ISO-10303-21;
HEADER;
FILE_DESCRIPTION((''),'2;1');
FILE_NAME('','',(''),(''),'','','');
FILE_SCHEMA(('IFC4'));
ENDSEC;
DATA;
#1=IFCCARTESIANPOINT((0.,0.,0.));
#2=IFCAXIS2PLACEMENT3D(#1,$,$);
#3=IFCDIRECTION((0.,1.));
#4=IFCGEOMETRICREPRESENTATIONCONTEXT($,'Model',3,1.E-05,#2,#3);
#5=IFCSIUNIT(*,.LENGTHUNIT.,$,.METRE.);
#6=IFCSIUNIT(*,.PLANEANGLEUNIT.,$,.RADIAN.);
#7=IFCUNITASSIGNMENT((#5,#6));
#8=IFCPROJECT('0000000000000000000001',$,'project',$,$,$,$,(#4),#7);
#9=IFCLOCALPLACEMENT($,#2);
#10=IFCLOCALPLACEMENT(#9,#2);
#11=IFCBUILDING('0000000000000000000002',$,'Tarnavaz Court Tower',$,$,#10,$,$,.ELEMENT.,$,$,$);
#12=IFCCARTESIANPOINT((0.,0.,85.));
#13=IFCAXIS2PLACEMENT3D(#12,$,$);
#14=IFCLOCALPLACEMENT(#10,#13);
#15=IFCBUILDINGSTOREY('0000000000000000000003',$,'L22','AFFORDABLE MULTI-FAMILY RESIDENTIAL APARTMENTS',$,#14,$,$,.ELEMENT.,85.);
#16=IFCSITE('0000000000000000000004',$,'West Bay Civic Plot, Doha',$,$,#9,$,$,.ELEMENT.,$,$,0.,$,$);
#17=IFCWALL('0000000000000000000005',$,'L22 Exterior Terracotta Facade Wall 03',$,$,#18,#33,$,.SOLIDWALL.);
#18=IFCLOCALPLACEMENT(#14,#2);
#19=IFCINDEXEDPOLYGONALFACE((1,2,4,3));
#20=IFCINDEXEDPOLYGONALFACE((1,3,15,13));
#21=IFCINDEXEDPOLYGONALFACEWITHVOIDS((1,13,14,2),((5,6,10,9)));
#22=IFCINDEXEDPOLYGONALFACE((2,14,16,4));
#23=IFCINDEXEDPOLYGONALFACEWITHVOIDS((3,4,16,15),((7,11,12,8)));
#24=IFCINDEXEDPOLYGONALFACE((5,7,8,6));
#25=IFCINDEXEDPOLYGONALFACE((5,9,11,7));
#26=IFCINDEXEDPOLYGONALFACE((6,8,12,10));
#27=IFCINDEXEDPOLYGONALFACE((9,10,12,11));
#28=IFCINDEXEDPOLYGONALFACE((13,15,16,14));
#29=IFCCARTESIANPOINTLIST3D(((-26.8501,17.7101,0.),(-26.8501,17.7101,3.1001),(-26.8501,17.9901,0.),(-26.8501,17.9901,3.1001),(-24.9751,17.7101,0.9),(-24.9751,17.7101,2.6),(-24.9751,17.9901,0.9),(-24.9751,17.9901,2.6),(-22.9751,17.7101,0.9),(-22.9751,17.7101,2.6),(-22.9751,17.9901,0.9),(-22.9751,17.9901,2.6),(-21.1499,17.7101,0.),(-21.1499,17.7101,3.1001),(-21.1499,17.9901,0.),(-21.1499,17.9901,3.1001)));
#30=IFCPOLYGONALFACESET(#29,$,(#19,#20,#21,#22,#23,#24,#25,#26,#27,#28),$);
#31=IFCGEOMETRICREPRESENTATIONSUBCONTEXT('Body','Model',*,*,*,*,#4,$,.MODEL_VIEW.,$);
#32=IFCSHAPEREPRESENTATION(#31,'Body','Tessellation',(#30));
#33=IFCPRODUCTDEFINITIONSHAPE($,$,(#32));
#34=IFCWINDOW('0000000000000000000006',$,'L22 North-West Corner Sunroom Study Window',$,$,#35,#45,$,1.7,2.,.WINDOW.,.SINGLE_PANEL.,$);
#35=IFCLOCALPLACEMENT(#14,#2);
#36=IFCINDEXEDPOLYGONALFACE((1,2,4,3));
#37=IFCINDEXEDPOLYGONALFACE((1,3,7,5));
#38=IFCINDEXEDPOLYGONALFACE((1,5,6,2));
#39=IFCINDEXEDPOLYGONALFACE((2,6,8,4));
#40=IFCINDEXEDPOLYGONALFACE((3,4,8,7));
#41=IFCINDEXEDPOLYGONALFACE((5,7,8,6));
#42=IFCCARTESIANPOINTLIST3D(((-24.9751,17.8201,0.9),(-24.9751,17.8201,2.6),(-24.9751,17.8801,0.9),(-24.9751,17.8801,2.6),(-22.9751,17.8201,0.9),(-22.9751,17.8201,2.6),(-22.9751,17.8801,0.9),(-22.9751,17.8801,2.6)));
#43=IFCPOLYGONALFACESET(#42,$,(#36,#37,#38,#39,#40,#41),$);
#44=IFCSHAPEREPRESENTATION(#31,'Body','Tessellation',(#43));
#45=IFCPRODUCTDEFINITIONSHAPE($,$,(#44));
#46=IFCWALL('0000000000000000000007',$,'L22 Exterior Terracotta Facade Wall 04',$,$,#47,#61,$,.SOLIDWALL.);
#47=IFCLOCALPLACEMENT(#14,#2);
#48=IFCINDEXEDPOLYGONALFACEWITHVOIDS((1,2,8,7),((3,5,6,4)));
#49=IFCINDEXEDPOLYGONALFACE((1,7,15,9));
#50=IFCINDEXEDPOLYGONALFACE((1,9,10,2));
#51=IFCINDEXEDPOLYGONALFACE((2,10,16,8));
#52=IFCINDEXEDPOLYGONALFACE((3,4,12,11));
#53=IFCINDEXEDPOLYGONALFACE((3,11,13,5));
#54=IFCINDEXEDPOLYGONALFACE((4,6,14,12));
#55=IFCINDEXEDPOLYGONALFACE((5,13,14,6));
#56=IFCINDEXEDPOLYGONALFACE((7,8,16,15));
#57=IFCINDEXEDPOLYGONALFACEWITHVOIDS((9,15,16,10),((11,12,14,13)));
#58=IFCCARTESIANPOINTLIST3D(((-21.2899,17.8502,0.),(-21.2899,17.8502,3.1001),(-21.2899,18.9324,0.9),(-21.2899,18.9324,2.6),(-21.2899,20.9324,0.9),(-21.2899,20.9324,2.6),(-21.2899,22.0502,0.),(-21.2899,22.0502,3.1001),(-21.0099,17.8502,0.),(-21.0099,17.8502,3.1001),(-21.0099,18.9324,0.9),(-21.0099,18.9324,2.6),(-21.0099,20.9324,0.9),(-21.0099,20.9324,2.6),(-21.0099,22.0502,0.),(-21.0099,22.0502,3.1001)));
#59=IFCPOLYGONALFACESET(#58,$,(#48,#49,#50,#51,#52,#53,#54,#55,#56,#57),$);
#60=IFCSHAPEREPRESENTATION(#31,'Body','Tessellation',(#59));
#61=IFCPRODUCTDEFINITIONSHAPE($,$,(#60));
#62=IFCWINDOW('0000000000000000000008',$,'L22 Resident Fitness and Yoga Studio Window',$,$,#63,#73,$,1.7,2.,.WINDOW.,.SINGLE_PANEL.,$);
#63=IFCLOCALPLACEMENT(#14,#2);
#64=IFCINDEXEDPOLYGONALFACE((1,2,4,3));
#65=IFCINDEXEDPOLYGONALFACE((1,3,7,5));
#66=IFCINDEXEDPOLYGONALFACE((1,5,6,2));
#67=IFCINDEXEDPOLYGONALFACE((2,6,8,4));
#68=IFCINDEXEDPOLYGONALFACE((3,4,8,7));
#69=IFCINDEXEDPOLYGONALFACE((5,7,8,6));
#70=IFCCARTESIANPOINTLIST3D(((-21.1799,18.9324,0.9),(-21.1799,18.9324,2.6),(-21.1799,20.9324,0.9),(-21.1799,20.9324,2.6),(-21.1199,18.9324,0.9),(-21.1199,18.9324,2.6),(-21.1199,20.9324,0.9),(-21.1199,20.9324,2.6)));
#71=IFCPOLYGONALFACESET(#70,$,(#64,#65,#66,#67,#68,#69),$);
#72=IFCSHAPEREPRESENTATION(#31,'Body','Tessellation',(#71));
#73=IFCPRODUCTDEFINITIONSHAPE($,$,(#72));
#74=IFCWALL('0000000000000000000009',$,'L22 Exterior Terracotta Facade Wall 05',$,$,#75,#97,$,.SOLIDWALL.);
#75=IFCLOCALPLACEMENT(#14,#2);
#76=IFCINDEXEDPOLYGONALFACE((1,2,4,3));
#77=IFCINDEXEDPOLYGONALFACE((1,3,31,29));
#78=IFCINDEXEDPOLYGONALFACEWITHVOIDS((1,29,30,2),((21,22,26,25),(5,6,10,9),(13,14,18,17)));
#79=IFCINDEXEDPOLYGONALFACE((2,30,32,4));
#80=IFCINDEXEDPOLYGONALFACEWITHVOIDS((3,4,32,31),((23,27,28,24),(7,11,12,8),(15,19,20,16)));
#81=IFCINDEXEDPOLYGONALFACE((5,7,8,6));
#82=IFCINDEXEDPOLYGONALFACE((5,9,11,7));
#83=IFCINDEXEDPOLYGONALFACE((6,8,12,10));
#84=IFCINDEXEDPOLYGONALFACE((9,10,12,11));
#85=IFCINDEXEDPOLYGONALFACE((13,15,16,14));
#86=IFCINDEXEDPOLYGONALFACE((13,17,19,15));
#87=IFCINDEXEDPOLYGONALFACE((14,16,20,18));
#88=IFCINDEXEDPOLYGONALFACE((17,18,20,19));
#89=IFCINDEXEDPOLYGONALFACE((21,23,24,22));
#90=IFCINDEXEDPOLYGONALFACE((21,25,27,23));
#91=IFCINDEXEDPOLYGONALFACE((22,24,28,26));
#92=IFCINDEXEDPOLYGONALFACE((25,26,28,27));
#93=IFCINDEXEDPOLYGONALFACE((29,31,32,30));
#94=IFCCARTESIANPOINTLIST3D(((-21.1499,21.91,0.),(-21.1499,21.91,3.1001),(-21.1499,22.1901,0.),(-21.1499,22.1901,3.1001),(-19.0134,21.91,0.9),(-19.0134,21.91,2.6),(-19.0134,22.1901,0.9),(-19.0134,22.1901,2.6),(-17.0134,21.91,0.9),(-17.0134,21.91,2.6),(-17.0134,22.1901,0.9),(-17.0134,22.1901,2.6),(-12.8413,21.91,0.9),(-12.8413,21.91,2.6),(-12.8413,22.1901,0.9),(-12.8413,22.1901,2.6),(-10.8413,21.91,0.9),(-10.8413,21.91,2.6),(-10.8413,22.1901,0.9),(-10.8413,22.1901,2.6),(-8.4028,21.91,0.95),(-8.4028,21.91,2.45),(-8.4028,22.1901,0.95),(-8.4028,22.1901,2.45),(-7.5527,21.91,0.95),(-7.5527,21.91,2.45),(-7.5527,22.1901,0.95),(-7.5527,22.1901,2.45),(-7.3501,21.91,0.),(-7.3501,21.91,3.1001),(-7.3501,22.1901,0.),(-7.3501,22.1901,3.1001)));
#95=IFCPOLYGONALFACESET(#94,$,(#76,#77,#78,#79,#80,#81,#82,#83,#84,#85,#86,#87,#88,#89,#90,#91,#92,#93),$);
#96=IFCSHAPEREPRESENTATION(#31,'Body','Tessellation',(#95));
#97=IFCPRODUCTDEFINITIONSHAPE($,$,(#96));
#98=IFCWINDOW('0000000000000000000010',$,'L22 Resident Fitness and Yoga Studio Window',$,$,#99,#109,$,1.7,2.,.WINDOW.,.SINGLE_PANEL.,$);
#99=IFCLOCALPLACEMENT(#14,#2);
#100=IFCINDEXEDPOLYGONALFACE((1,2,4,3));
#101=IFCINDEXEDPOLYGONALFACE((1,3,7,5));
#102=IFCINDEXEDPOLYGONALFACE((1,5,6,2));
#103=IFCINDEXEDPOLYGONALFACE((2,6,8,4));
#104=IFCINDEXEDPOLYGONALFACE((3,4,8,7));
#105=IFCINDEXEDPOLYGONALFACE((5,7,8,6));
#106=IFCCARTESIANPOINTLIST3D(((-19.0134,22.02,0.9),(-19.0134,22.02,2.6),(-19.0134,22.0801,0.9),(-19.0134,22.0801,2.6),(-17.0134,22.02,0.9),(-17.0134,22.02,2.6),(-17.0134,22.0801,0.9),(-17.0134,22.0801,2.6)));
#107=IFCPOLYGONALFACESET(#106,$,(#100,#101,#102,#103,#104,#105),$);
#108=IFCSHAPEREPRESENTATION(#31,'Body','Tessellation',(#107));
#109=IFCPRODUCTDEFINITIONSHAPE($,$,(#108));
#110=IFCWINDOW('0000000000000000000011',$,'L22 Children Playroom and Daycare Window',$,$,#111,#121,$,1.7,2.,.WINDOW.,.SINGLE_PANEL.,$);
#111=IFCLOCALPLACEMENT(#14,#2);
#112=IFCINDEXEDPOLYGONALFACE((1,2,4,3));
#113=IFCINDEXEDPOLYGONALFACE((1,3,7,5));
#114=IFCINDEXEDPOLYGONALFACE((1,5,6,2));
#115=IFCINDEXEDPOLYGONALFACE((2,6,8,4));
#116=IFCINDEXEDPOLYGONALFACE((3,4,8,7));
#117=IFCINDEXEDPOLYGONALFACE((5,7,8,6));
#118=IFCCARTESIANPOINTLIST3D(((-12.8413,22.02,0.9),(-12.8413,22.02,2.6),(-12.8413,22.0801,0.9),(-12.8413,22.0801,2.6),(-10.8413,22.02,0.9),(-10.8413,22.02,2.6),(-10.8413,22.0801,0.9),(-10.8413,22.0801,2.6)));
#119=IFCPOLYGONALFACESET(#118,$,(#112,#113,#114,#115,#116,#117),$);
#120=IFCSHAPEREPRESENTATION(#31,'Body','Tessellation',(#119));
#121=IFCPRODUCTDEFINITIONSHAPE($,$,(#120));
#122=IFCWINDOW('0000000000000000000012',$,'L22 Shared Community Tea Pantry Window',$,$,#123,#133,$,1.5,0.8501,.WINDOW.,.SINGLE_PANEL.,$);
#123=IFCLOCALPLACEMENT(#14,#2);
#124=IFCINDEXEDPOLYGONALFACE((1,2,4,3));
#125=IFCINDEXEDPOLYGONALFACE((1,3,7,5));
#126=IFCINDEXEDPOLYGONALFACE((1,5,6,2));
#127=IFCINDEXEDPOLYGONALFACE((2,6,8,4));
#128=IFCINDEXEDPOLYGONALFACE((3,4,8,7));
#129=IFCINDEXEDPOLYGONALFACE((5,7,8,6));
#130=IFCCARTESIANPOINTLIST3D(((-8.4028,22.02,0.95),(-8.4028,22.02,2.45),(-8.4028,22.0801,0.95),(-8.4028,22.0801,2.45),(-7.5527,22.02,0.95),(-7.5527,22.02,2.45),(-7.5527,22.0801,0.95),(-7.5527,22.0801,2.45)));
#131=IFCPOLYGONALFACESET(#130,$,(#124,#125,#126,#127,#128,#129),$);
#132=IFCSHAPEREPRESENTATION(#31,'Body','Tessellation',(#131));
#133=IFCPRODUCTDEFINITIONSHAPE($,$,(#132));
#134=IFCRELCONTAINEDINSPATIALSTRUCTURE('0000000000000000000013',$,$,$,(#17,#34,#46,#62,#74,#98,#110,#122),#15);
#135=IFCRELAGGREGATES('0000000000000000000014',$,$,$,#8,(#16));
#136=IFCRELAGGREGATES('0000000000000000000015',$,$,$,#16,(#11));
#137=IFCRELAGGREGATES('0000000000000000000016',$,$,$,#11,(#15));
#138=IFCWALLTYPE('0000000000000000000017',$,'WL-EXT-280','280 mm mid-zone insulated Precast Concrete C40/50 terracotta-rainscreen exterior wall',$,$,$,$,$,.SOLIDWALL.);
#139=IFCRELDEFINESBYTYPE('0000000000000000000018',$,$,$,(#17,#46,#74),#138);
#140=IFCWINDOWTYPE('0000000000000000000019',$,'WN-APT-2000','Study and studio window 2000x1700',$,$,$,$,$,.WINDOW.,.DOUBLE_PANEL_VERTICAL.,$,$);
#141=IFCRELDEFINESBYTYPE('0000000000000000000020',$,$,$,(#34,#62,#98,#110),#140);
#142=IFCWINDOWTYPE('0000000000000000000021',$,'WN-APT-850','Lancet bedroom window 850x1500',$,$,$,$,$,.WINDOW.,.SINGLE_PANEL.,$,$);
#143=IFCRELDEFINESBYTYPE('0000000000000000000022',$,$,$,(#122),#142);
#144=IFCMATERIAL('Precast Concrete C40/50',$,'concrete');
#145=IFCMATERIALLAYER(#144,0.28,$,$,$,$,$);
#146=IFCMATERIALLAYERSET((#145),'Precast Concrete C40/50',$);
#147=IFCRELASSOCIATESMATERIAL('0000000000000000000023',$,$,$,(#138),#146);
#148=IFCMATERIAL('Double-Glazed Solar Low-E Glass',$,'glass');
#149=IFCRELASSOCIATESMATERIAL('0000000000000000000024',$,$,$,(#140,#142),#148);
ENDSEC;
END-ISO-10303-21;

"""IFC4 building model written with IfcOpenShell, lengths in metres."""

from ifc_helpers import new_model, si_unit, direction, frame, frame_2d, origin, place, context, subcontext, project, spatial, rectangle, extrude, material, layer, layer_set, type_object, element, fill, save


model = new_model("IFC4")

# Units and contexts
model_context = context("Model", 3, precision=1e-05, world=origin(), true_north=direction((0.0, 1.0)))
body_context = subcontext(model_context, "Body", "Model", "MODEL_VIEW")
ifc_project = project(units=[si_unit("LENGTHUNIT", "METRE"), si_unit("PLANEANGLEUNIT", "RADIAN")], contexts=[model_context])

# Site, building, storey
site_placement = place(None, origin())
site = spatial("IfcSite", under=ifc_project, at=site_placement, Name="West Bay Civic Plot, Doha", CompositionType="ELEMENT", RefElevation=0.0)
building_placement = place(site_placement, origin())
building = spatial("IfcBuilding", under=site, at=building_placement, Name="Tarnavaz Court Tower", CompositionType="ELEMENT")
storey_placement = place(building_placement, frame((0.0, 0.0, 85.0)))
storey = spatial("IfcBuildingStorey", under=building, at=storey_placement, Name="L22", Description="AFFORDABLE MULTI-FAMILY RESIDENTIAL APARTMENTS", CompositionType="ELEMENT", Elevation=85.0)

# Walls, openings, windows
ifc_material_1 = material(Name="Precast Concrete C40/50", Category="concrete")
ifc_layer_1 = layer(ifc_material_1, 0.28)
ifc_layer_set_1 = layer_set([ifc_layer_1], Name="Precast Concrete C40/50")
wall_type_1 = type_object("IfcWallType", Name="WL-EXT-280", Description="280 mm mid-zone insulated Precast Concrete C40/50 terracotta-rainscreen exterior wall", PredefinedType="SOLIDWALL", material=ifc_layer_set_1)
wall_1_placement = place(storey_placement, frame((-26.8501, 17.8501, 0.0), z_axis=(0.0, 0.0, 1.0), x_axis=(1.0, 0.0, 0.0)))
wall_1 = element("IfcWall", 1, at=wall_1_placement, inside=storey, type_object=wall_type_1, Name="L22 Exterior Terracotta Facade Wall 03", PredefinedType="SOLIDWALL", context=body_context, shape_type="SweptSolid", body=[
    extrude(rectangle(XDim=5.7002, YDim=0.28, at=frame_2d((2.8501, 0.0))), origin(), (0.0, 0.0, 1.0), 3.1001),
])
opening_1_placement = place(wall_1_placement, frame((1.875, 0.0, 0.8999)))
opening_1 = element("IfcOpeningElement", 2, at=opening_1_placement, cuts=wall_1, PredefinedType="OPENING", context=body_context, shape_type="SweptSolid", body=[
    extrude(rectangle(XDim=2.0, YDim=1.7, at=frame_2d((1.0, 0.8501))), frame((0.0, 0.1499, 0.0), z_axis=(0.0, -1.0, 0.0), x_axis=(1.0, 0.0, 0.0)), (0.0, 0.0, 1.0), 0.3),
])
ifc_material_2 = material(Name="Double-Glazed Solar Low-E Glass", Category="glass")
window_type_1 = type_object("IfcWindowType", Name="WN-APT-2000", Description="Study and studio window 2000x1700", PartitioningType="DOUBLE_PANEL_VERTICAL", PredefinedType="WINDOW", material=ifc_material_2)
window_1_placement = place(opening_1_placement, origin())
window_1 = element("IfcWindow", 3, at=window_1_placement, inside=storey, type_object=window_type_1, Name="L22 North-West Corner Sunroom Study Window", OverallHeight=1.7, OverallWidth=2.0, PartitioningType="SINGLE_PANEL", PredefinedType="WINDOW", context=body_context, shape_type="SweptSolid", body=[
    extrude(rectangle(XDim=2.0, YDim=1.7, at=frame_2d((1.0, 0.8501))), frame((0.0, 0.03, 0.0), z_axis=(0.0, -1.0, 0.0), x_axis=(1.0, 0.0, 0.0)), (0.0, 0.0, 1.0), 0.0601),
])
fill(opening_1, window_1)
wall_2_placement = place(storey_placement, frame((-21.1499, 17.8501, 0.0), z_axis=(0.0, 0.0, 1.0), x_axis=(0.0, 1.0, 0.0)))
wall_2 = element("IfcWall", 4, at=wall_2_placement, inside=storey, type_object=wall_type_1, Name="L22 Exterior Terracotta Facade Wall 04", PredefinedType="SOLIDWALL", context=body_context, shape_type="SweptSolid", body=[
    extrude(rectangle(XDim=4.2, YDim=0.28, at=frame_2d((2.1001, 0.0))), origin(), (0.0, 0.0, 1.0), 3.1001),
])
opening_2_placement = place(wall_2_placement, frame((1.0823, 0.0, 0.8999)))
opening_2 = element("IfcOpeningElement", 5, at=opening_2_placement, cuts=wall_2, PredefinedType="OPENING", context=body_context, shape_type="SweptSolid", body=[
    extrude(rectangle(XDim=2.0, YDim=1.7, at=frame_2d((1.0, 0.8501))), frame((0.0, 0.1499, 0.0), z_axis=(0.0, -1.0, 0.0), x_axis=(1.0, 0.0, 0.0)), (0.0, 0.0, 1.0), 0.3),
])
window_2_placement = place(opening_2_placement, origin())
window_2 = element("IfcWindow", 6, at=window_2_placement, inside=storey, type_object=window_type_1, Name="L22 Resident Fitness and Yoga Studio Window", OverallHeight=1.7, OverallWidth=2.0, PartitioningType="SINGLE_PANEL", PredefinedType="WINDOW", context=body_context, shape_type="SweptSolid", body=[
    extrude(rectangle(XDim=2.0, YDim=1.7, at=frame_2d((1.0, 0.8501))), frame((0.0, 0.03, 0.0), z_axis=(0.0, -1.0, 0.0), x_axis=(1.0, 0.0, 0.0)), (0.0, 0.0, 1.0), 0.0601),
])
fill(opening_2, window_2)

# Wall, openings, windows
wall_3_placement = place(storey_placement, frame((-21.1499, 22.05, 0.0), z_axis=(0.0, 0.0, 1.0), x_axis=(1.0, 0.0, 0.0)))
wall_3 = element("IfcWall", 7, at=wall_3_placement, inside=storey, type_object=wall_type_1, Name="L22 Exterior Terracotta Facade Wall 05", PredefinedType="SOLIDWALL", context=body_context, shape_type="SweptSolid", body=[
    extrude(rectangle(XDim=13.7998, YDim=0.28, at=frame_2d((6.8999, 0.0))), origin(), (0.0, 0.0, 1.0), 3.1001),
])
opening_3_placement = place(wall_3_placement, frame((2.1365, 0.0, 0.8999)))
opening_3 = element("IfcOpeningElement", 8, at=opening_3_placement, cuts=wall_3, PredefinedType="OPENING", context=body_context, shape_type="SweptSolid", body=[
    extrude(rectangle(XDim=2.0, YDim=1.7, at=frame_2d((1.0, 0.8501))), frame((0.0, 0.1499, 0.0), z_axis=(0.0, -1.0, 0.0), x_axis=(1.0, 0.0, 0.0)), (0.0, 0.0, 1.0), 0.3),
])
opening_4_placement = place(wall_3_placement, frame((8.3086, 0.0, 0.8999)))
opening_4 = element("IfcOpeningElement", 9, at=opening_4_placement, cuts=wall_3, PredefinedType="OPENING", context=body_context, shape_type="SweptSolid", body=[
    extrude(rectangle(XDim=2.0, YDim=1.7, at=frame_2d((1.0, 0.8501))), frame((0.0, 0.1499, 0.0), z_axis=(0.0, -1.0, 0.0), x_axis=(1.0, 0.0, 0.0)), (0.0, 0.0, 1.0), 0.3),
])
opening_5_placement = place(wall_3_placement, frame((12.7471, 0.0, 0.95)))
opening_5 = element("IfcOpeningElement", 10, at=opening_5_placement, cuts=wall_3, PredefinedType="OPENING", context=body_context, shape_type="SweptSolid", body=[
    extrude(rectangle(XDim=0.8501, YDim=1.5, at=frame_2d((0.425, 0.75))), frame((0.0, 0.1499, 0.0), z_axis=(0.0, -1.0, 0.0), x_axis=(1.0, 0.0, 0.0)), (0.0, 0.0, 1.0), 0.3),
])
window_3_placement = place(opening_3_placement, origin())
window_3 = element("IfcWindow", 11, at=window_3_placement, inside=storey, type_object=window_type_1, Name="L22 Resident Fitness and Yoga Studio Window", OverallHeight=1.7, OverallWidth=2.0, PartitioningType="SINGLE_PANEL", PredefinedType="WINDOW", context=body_context, shape_type="SweptSolid", body=[
    extrude(rectangle(XDim=2.0, YDim=1.7, at=frame_2d((1.0, 0.8501))), frame((0.0, 0.03, 0.0), z_axis=(0.0, -1.0, 0.0), x_axis=(1.0, 0.0, 0.0)), (0.0, 0.0, 1.0), 0.0601),
])
fill(opening_3, window_3)
window_4_placement = place(opening_4_placement, origin())
window_4 = element("IfcWindow", 12, at=window_4_placement, inside=storey, type_object=window_type_1, Name="L22 Children Playroom and Daycare Window", OverallHeight=1.7, OverallWidth=2.0, PartitioningType="SINGLE_PANEL", PredefinedType="WINDOW", context=body_context, shape_type="SweptSolid", body=[
    extrude(rectangle(XDim=2.0, YDim=1.7, at=frame_2d((1.0, 0.8501))), frame((0.0, 0.03, 0.0), z_axis=(0.0, -1.0, 0.0), x_axis=(1.0, 0.0, 0.0)), (0.0, 0.0, 1.0), 0.0601),
])
fill(opening_4, window_4)
window_type_2 = type_object("IfcWindowType", Name="WN-APT-850", Description="Lancet bedroom window 850x1500", PartitioningType="SINGLE_PANEL", PredefinedType="WINDOW", material=ifc_material_2)
window_5_placement = place(opening_5_placement, origin())
window_5 = element("IfcWindow", 13, at=window_5_placement, inside=storey, type_object=window_type_2, Name="L22 Shared Community Tea Pantry Window", OverallHeight=1.5, OverallWidth=0.8501, PartitioningType="SINGLE_PANEL", PredefinedType="WINDOW", context=body_context, shape_type="SweptSolid", body=[
    extrude(rectangle(XDim=0.8501, YDim=1.5, at=frame_2d((0.425, 0.75))), frame((0.0, 0.03, 0.0), z_axis=(0.0, -1.0, 0.0), x_axis=(1.0, 0.0, 0.0)), (0.0, 0.0, 1.0), 0.0601),
])
fill(opening_5, window_5)

save(model, "model.ifc")
